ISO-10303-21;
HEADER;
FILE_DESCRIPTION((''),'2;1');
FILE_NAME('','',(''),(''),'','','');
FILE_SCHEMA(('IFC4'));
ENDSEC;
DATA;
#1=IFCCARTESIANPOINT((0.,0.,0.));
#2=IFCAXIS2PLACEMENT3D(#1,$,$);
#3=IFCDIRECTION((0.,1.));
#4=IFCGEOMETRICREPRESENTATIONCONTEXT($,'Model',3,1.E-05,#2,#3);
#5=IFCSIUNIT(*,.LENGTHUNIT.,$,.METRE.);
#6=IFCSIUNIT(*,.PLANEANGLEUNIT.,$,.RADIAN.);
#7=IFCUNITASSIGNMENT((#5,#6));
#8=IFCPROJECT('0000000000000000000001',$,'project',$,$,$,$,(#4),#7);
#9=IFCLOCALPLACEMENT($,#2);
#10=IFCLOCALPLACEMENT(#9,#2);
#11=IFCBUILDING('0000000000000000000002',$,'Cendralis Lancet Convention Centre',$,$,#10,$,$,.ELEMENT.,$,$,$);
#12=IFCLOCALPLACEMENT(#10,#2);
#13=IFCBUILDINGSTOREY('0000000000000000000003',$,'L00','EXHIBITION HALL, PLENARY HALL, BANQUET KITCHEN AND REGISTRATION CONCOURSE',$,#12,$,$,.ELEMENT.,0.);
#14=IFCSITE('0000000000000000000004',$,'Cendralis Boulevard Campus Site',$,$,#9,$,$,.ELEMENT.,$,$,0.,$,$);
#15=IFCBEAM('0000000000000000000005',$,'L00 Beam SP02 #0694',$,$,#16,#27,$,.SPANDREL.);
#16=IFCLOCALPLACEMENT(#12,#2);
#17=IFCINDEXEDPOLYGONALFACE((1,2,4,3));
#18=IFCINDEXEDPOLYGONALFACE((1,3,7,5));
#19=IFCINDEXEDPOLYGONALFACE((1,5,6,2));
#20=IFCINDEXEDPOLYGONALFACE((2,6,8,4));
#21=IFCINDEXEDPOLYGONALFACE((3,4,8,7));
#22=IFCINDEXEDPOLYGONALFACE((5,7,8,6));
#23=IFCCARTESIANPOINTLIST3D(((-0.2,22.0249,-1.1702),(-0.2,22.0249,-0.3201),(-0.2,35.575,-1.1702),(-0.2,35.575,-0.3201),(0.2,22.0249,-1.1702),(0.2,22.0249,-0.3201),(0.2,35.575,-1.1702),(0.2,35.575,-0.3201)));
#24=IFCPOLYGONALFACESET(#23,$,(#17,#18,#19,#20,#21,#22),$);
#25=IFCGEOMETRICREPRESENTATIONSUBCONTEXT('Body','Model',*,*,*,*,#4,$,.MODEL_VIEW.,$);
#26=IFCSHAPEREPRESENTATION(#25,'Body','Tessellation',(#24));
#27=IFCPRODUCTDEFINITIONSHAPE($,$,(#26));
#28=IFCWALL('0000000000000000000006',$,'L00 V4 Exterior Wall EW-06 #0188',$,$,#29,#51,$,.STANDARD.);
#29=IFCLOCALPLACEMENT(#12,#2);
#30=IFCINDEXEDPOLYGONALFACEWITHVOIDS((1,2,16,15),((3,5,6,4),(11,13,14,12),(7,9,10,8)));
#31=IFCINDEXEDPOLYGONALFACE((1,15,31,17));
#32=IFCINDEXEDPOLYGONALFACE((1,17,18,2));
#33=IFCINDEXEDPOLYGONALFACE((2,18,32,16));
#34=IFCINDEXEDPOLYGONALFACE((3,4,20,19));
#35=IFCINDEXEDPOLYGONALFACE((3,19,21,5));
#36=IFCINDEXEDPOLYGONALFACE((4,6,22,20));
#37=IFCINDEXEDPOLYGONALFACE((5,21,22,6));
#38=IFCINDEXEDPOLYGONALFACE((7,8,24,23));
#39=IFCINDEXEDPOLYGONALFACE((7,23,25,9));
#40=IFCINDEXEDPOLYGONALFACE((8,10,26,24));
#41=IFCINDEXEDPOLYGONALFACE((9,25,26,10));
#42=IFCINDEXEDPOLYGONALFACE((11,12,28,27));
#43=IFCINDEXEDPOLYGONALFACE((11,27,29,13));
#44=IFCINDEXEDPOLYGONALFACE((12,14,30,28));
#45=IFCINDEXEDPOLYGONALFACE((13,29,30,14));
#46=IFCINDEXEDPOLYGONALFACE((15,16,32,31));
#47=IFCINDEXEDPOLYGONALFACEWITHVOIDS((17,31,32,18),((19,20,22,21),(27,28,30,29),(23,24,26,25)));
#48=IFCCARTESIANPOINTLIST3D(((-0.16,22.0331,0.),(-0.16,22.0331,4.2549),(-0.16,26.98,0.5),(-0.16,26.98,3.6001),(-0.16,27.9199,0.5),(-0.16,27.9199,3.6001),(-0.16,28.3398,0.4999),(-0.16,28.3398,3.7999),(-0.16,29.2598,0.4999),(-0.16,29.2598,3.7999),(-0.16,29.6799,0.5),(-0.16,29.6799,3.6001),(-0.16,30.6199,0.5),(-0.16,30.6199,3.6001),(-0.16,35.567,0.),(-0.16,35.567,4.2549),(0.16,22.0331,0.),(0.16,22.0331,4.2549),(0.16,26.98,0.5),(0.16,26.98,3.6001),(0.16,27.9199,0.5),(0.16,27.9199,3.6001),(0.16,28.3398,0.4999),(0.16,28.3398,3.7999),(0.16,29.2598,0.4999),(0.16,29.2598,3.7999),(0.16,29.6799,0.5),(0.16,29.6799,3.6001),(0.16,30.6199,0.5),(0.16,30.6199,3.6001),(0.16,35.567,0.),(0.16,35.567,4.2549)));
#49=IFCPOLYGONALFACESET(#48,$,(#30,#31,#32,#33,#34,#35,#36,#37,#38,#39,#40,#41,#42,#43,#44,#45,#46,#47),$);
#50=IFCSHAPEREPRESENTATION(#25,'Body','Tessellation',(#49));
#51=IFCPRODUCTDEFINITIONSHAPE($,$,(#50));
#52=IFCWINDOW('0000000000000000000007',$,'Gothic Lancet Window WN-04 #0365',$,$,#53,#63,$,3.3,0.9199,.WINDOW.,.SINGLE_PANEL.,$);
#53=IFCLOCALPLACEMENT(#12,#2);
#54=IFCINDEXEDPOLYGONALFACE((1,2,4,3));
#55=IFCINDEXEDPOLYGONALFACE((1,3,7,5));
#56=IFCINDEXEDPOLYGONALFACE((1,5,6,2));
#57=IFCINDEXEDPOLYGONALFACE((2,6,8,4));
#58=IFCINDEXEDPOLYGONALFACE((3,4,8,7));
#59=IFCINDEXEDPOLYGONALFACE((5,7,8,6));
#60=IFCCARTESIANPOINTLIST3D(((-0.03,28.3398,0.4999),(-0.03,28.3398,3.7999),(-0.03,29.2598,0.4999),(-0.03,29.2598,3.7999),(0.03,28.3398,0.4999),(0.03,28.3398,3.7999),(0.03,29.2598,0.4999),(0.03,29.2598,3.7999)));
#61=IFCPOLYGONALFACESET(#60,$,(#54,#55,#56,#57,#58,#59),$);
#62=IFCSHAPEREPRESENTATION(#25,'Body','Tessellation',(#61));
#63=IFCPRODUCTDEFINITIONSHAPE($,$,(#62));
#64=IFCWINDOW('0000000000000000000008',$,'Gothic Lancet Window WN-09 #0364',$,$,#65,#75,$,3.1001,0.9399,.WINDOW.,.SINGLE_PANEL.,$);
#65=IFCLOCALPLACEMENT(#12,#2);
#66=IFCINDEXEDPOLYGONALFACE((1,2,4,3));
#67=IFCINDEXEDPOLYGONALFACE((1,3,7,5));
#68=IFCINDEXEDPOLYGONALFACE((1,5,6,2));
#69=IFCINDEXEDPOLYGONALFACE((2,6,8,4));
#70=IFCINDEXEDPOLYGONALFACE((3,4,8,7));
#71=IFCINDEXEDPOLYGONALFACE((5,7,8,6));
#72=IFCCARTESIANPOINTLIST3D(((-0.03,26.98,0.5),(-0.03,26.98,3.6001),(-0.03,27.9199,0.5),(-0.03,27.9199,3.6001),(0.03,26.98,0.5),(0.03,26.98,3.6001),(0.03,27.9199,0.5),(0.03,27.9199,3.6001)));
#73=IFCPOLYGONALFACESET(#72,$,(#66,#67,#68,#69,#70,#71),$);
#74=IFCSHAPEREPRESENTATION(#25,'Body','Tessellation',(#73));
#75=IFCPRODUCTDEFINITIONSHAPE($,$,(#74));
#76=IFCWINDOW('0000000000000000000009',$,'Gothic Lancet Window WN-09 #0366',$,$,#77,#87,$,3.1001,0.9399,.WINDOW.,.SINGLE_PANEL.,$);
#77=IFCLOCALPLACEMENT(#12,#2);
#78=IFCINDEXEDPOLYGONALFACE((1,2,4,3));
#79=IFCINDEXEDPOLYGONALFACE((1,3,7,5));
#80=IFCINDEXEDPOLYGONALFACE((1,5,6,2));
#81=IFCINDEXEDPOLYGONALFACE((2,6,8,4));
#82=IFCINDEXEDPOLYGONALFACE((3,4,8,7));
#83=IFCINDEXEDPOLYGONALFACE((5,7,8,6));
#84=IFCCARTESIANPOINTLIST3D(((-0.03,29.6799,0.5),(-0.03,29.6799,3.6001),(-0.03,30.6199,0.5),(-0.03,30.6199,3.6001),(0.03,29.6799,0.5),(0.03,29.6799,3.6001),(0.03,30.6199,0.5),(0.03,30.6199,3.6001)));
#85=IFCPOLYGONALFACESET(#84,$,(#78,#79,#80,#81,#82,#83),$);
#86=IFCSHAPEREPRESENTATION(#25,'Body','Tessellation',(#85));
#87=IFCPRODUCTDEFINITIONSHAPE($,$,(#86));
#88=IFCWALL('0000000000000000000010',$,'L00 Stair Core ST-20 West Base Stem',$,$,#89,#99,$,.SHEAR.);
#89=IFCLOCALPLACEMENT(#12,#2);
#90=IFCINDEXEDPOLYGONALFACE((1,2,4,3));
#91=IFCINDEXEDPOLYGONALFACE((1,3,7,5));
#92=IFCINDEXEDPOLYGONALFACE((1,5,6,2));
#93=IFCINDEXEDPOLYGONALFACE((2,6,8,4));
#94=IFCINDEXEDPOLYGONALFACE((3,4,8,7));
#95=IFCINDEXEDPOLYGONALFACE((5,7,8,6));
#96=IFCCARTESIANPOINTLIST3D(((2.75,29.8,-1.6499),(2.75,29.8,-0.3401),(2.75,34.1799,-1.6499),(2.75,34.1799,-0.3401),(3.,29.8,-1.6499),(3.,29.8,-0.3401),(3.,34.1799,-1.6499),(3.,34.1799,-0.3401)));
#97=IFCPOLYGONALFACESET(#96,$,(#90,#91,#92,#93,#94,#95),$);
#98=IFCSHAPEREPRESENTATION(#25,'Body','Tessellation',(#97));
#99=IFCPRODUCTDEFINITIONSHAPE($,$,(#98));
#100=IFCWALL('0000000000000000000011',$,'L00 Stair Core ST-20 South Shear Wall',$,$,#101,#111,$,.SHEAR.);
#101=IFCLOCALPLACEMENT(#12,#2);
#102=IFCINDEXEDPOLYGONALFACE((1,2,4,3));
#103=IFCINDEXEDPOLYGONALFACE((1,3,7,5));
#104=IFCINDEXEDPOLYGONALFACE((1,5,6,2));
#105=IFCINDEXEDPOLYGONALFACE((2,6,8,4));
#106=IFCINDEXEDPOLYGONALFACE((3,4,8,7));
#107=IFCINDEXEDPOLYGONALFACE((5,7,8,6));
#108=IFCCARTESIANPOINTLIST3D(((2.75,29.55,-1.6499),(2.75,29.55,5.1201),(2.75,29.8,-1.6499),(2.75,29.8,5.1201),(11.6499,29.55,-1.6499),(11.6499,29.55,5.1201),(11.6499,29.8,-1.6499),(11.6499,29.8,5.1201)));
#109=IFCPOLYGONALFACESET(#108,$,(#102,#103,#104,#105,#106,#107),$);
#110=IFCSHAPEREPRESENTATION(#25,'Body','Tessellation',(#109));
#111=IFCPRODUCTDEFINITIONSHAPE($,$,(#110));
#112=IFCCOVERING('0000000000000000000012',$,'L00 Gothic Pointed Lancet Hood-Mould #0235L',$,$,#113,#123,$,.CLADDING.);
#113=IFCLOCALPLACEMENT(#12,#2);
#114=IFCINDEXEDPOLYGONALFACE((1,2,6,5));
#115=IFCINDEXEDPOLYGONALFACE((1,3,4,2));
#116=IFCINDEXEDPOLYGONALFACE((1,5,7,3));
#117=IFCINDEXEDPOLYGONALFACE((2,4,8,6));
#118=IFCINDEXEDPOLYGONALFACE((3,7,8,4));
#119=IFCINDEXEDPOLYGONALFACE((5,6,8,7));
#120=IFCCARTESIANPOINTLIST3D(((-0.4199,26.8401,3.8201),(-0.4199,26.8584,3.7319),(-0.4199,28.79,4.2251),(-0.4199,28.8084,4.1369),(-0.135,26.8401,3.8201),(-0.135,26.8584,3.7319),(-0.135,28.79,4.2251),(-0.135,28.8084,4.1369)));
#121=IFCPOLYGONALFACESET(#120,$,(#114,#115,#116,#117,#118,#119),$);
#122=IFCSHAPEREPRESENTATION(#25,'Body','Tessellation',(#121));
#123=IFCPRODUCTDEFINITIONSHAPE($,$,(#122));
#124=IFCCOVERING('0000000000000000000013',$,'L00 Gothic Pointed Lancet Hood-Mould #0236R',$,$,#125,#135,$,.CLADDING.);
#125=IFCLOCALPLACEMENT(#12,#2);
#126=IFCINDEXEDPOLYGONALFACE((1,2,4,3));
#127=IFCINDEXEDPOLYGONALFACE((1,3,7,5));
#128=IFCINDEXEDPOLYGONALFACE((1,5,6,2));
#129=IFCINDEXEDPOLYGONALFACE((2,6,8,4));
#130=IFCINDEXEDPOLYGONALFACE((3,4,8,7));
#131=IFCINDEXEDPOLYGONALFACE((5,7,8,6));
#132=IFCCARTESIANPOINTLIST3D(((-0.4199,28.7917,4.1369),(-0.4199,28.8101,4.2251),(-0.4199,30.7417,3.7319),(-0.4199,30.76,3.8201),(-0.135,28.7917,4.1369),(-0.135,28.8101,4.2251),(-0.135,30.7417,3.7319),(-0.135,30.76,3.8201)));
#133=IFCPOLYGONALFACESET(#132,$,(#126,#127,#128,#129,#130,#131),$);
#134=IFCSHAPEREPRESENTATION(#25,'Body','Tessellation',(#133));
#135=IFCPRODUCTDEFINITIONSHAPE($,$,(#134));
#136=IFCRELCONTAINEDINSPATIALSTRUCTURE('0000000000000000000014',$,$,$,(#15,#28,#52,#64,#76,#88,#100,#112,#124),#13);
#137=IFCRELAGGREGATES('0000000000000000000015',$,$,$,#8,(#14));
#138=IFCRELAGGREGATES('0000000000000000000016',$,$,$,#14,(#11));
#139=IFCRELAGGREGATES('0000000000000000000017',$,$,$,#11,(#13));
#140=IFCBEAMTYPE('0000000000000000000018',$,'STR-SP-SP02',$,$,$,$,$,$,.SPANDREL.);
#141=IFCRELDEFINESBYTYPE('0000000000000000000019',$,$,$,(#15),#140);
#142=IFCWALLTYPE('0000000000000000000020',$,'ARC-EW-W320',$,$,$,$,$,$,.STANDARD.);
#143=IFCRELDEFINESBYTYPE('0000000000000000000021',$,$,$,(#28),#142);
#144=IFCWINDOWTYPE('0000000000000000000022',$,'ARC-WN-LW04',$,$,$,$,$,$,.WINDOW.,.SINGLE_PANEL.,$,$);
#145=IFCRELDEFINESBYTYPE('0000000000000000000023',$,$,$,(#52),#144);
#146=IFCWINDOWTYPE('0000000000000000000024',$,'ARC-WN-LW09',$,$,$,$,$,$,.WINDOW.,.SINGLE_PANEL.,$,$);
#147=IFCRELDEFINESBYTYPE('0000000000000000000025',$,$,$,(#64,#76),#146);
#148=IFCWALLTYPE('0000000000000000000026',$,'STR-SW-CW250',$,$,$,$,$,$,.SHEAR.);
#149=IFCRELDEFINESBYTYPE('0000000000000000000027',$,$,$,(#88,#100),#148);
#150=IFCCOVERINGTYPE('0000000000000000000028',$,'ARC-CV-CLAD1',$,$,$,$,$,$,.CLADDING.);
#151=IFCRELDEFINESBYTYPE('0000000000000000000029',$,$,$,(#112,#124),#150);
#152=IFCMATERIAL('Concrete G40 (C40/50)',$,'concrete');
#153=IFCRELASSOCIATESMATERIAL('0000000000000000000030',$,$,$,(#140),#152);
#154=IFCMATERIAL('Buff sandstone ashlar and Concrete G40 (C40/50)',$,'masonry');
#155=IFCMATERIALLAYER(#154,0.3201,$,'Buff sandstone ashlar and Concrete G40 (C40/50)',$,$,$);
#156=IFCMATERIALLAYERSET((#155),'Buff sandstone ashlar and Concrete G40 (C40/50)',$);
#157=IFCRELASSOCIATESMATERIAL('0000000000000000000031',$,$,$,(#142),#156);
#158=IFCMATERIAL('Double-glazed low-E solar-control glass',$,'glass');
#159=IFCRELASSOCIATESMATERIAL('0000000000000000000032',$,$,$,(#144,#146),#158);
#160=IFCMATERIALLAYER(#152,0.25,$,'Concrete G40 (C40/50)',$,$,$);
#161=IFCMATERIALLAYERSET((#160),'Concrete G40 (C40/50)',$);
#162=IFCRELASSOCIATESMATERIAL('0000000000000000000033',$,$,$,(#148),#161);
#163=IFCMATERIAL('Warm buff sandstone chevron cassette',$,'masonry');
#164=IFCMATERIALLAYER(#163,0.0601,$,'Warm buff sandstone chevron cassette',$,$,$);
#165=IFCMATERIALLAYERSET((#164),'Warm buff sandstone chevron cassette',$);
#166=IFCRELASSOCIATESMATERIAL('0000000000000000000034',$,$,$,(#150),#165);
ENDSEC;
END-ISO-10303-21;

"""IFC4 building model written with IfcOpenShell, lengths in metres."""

from ifc_helpers import new_model, si_unit, direction, frame, frame_2d, origin, origin_2d, place, context, subcontext, project, spatial, polyline, rectangle, outline, extrude, material, layer, layer_set, material_profile, profile_set, type_object, element, fill, save


model = new_model("IFC4")

# Units and contexts
model_context = context("Model", 3, precision=1e-05, world=origin(), true_north=direction((0.0, 1.0)))
body_context = subcontext(model_context, "Body", "Model", "MODEL_VIEW")
ifc_project = project(units=[si_unit("LENGTHUNIT", "METRE"), si_unit("PLANEANGLEUNIT", "RADIAN")], contexts=[model_context])

# Site, building, storey
site_placement = place(None, origin())
site = spatial("IfcSite", under=ifc_project, at=site_placement, Name="Cendralis Boulevard Campus Site", CompositionType="ELEMENT", RefElevation=0.0)
building_placement = place(site_placement, origin())
building = spatial("IfcBuilding", under=site, at=building_placement, Name="Cendralis Lancet Convention Centre", CompositionType="ELEMENT")
storey_placement = place(building_placement, origin())
storey = spatial("IfcBuildingStorey", under=building, at=storey_placement, Name="L00", Description="EXHIBITION HALL, PLENARY HALL, BANQUET KITCHEN AND REGISTRATION CONCOURSE", CompositionType="ELEMENT", Elevation=0.0)

# Beam
ifc_material_1 = material(Name="Concrete G40 (C40/50)", Category="concrete")
ifc_material_profile_1 = material_profile(ifc_material_1, rectangle(XDim=0.3999, YDim=0.8501, at=origin_2d()), Name="RCB 400x850")
ifc_profile_set_1 = profile_set([ifc_material_profile_1], Name="Concrete G40 (C40/50)")
beam_type = type_object("IfcBeamType", Name="STR-SP-SP02", PredefinedType="SPANDREL", material=ifc_profile_set_1)
beam_placement = place(storey_placement, frame((0.0, 22.0249, -0.7451), z_axis=(0.0, 1.0, 0.0), x_axis=(-1.0, 0.0, 0.0)))
element("IfcBeam", 1, at=beam_placement, inside=storey, type_object=beam_type, Name="L00 Beam SP02 #0694", PredefinedType="SPANDREL", context=body_context, shape_type="SweptSolid", body=[
    extrude(rectangle(XDim=0.3999, YDim=0.8501, at=origin_2d()), origin(), (0.0, 0.0, 1.0), 13.55),
])

# Wall, openings, windows
ifc_material_2 = material(Name="Buff sandstone ashlar and Concrete G40 (C40/50)", Category="masonry")
ifc_layer_1 = layer(ifc_material_2, 0.3201, Name="Buff sandstone ashlar and Concrete G40 (C40/50)")
ifc_layer_set_1 = layer_set([ifc_layer_1], Name="Buff sandstone ashlar and Concrete G40 (C40/50)")
wall_type_1 = type_object("IfcWallType", Name="ARC-EW-W320", PredefinedType="STANDARD", material=ifc_layer_set_1)
wall_1_placement = place(storey_placement, frame((0.0, 22.033, 0.0), z_axis=(0.0, 0.0, 1.0), x_axis=(0.0, 1.0, 0.0)))
wall_1 = element("IfcWall", 2, at=wall_1_placement, inside=storey, type_object=wall_type_1, Name="L00 V4 Exterior Wall EW-06 #0188", PredefinedType="STANDARD", context=body_context, shape_type="SweptSolid", body=[
    extrude(rectangle(XDim=13.5339, YDim=0.3201, at=frame_2d((6.7671, 0.0))), origin(), (0.0, 0.0, 1.0), 4.2549),
])
opening_1_placement = place(wall_1_placement, frame((4.947, 0.0, 0.5)))
opening_1 = element("IfcOpeningElement", 3, at=opening_1_placement, cuts=wall_1, PredefinedType="OPENING", context=body_context, shape_type="SweptSolid", body=[
    extrude(rectangle(XDim=0.9399, YDim=3.1001, at=frame_2d((0.47, 1.55))), frame((0.0, 0.1699, 0.0), z_axis=(0.0, -1.0, 0.0), x_axis=(1.0, 0.0, 0.0)), (0.0, 0.0, 1.0), 0.3401),
])
opening_2_placement = place(wall_1_placement, frame((6.3069, 0.0, 0.5)))
opening_2 = element("IfcOpeningElement", 4, at=opening_2_placement, cuts=wall_1, PredefinedType="OPENING", context=body_context, shape_type="SweptSolid", body=[
    extrude(rectangle(XDim=0.9199, YDim=3.3, at=frame_2d((0.46, 1.6499))), frame((0.0, 0.1699, 0.0), z_axis=(0.0, -1.0, 0.0), x_axis=(1.0, 0.0, 0.0)), (0.0, 0.0, 1.0), 0.3401),
])
opening_3_placement = place(wall_1_placement, frame((7.647, 0.0, 0.5)))
opening_3 = element("IfcOpeningElement", 5, at=opening_3_placement, cuts=wall_1, PredefinedType="OPENING", context=body_context, shape_type="SweptSolid", body=[
    extrude(rectangle(XDim=0.9399, YDim=3.1001, at=frame_2d((0.47, 1.55))), frame((0.0, 0.1699, 0.0), z_axis=(0.0, -1.0, 0.0), x_axis=(1.0, 0.0, 0.0)), (0.0, 0.0, 1.0), 0.3401),
])
ifc_material_3 = material(Name="Double-glazed low-E solar-control glass", Category="glass")
window_type_1 = type_object("IfcWindowType", Name="ARC-WN-LW04", PartitioningType="SINGLE_PANEL", PredefinedType="WINDOW", material=ifc_material_3)
window_1_placement = place(opening_2_placement, origin())
window_1 = element("IfcWindow", 6, at=window_1_placement, inside=storey, type_object=window_type_1, Name="Gothic Lancet Window WN-04 #0365", OverallHeight=3.3, OverallWidth=0.9199, PartitioningType="SINGLE_PANEL", PredefinedType="WINDOW", context=body_context, shape_type="SweptSolid", body=[
    extrude(rectangle(XDim=0.9199, YDim=3.3, at=frame_2d((0.46, 1.6499))), frame((0.0, 0.03, 0.0), z_axis=(0.0, -1.0, 0.0), x_axis=(1.0, 0.0, 0.0)), (0.0, 0.0, 1.0), 0.0601),
])
fill(opening_2, window_1)
window_type_2 = type_object("IfcWindowType", Name="ARC-WN-LW09", PartitioningType="SINGLE_PANEL", PredefinedType="WINDOW", material=ifc_material_3)
window_2_placement = place(opening_1_placement, origin())
window_2 = element("IfcWindow", 7, at=window_2_placement, inside=storey, type_object=window_type_2, Name="Gothic Lancet Window WN-09 #0364", OverallHeight=3.1001, OverallWidth=0.9399, PartitioningType="SINGLE_PANEL", PredefinedType="WINDOW", context=body_context, shape_type="SweptSolid", body=[
    extrude(rectangle(XDim=0.9399, YDim=3.1001, at=frame_2d((0.47, 1.55))), frame((0.0, 0.03, 0.0), z_axis=(0.0, -1.0, 0.0), x_axis=(1.0, 0.0, 0.0)), (0.0, 0.0, 1.0), 0.0601),
])
fill(opening_1, window_2)
window_3_placement = place(opening_3_placement, origin())
window_3 = element("IfcWindow", 8, at=window_3_placement, inside=storey, type_object=window_type_2, Name="Gothic Lancet Window WN-09 #0366", OverallHeight=3.1001, OverallWidth=0.9399, PartitioningType="SINGLE_PANEL", PredefinedType="WINDOW", context=body_context, shape_type="SweptSolid", body=[
    extrude(rectangle(XDim=0.9399, YDim=3.1001, at=frame_2d((0.47, 1.55))), frame((0.0, 0.03, 0.0), z_axis=(0.0, -1.0, 0.0), x_axis=(1.0, 0.0, 0.0)), (0.0, 0.0, 1.0), 0.0601),
])
fill(opening_3, window_3)

# Wall
ifc_layer_2 = layer(ifc_material_1, 0.25, Name="Concrete G40 (C40/50)")
ifc_layer_set_2 = layer_set([ifc_layer_2], Name="Concrete G40 (C40/50)")
wall_type_2 = type_object("IfcWallType", Name="STR-SW-CW250", PredefinedType="SHEAR", material=ifc_layer_set_2)
wall_2_placement = place(storey_placement, frame((2.875, 29.8, -1.6499), z_axis=(0.0, 0.0, 1.0), x_axis=(0.0, 1.0, 0.0)))
element("IfcWall", 9, at=wall_2_placement, inside=storey, type_object=wall_type_2, Name="L00 Stair Core ST-20 West Base Stem", PredefinedType="SHEAR", context=body_context, shape_type="SweptSolid", body=[
    extrude(rectangle(XDim=4.3799, YDim=0.25, at=frame_2d((2.1899, 0.0))), origin(), (0.0, 0.0, 1.0), 1.3098),
])

# Wall
wall_3_placement = place(storey_placement, frame((2.75, 29.675, -1.6499), z_axis=(0.0, 0.0, 1.0), x_axis=(1.0, 0.0, 0.0)))
element("IfcWall", 10, at=wall_3_placement, inside=storey, type_object=wall_type_2, Name="L00 Stair Core ST-20 South Shear Wall", PredefinedType="SHEAR", context=body_context, shape_type="SweptSolid", body=[
    extrude(rectangle(XDim=8.8999, YDim=0.25, at=frame_2d((4.45, 0.0))), origin(), (0.0, 0.0, 1.0), 6.77),
])

# Coverings
ifc_material_4 = material(Name="Warm buff sandstone chevron cassette", Category="masonry")
ifc_layer_3 = layer(ifc_material_4, 0.0601, Name="Warm buff sandstone chevron cassette")
ifc_layer_set_3 = layer_set([ifc_layer_3], Name="Warm buff sandstone chevron cassette")
covering_type = type_object("IfcCoveringType", Name="ARC-CV-CLAD1", PredefinedType="CLADDING", material=ifc_layer_set_3)
for number, where, z_axis, x_axis, name in (
    (11, (-0.4199, 26.8401, 3.8201), (0.0, -0.203372, 0.979102), (1.0, 0.0, 0.0), "L00 Gothic Pointed Lancet Hood-Mould #0235L"),
    (12, (-0.4199, 28.8101, 4.2251), (0.0, 0.203372, 0.979102), (1.0, 0.0, 0.0), "L00 Gothic Pointed Lancet Hood-Mould #0236R"),
):
    element("IfcCovering", number, at=place(storey_placement, frame(where, z_axis=z_axis, x_axis=x_axis)), inside=storey, type_object=covering_type, Name=name, PredefinedType="CLADDING", context=body_context, shape_type="SweptSolid", body=[
        extrude(outline(polyline([(0.0, 0.0), (0.2849, 0.0), (0.2849, 1.9916), (0.0, 1.9916), (0.0, 0.0)])), origin(), (0.0, 0.0, -1.0), 0.0901),
    ])

save(model, "model.ifc")
